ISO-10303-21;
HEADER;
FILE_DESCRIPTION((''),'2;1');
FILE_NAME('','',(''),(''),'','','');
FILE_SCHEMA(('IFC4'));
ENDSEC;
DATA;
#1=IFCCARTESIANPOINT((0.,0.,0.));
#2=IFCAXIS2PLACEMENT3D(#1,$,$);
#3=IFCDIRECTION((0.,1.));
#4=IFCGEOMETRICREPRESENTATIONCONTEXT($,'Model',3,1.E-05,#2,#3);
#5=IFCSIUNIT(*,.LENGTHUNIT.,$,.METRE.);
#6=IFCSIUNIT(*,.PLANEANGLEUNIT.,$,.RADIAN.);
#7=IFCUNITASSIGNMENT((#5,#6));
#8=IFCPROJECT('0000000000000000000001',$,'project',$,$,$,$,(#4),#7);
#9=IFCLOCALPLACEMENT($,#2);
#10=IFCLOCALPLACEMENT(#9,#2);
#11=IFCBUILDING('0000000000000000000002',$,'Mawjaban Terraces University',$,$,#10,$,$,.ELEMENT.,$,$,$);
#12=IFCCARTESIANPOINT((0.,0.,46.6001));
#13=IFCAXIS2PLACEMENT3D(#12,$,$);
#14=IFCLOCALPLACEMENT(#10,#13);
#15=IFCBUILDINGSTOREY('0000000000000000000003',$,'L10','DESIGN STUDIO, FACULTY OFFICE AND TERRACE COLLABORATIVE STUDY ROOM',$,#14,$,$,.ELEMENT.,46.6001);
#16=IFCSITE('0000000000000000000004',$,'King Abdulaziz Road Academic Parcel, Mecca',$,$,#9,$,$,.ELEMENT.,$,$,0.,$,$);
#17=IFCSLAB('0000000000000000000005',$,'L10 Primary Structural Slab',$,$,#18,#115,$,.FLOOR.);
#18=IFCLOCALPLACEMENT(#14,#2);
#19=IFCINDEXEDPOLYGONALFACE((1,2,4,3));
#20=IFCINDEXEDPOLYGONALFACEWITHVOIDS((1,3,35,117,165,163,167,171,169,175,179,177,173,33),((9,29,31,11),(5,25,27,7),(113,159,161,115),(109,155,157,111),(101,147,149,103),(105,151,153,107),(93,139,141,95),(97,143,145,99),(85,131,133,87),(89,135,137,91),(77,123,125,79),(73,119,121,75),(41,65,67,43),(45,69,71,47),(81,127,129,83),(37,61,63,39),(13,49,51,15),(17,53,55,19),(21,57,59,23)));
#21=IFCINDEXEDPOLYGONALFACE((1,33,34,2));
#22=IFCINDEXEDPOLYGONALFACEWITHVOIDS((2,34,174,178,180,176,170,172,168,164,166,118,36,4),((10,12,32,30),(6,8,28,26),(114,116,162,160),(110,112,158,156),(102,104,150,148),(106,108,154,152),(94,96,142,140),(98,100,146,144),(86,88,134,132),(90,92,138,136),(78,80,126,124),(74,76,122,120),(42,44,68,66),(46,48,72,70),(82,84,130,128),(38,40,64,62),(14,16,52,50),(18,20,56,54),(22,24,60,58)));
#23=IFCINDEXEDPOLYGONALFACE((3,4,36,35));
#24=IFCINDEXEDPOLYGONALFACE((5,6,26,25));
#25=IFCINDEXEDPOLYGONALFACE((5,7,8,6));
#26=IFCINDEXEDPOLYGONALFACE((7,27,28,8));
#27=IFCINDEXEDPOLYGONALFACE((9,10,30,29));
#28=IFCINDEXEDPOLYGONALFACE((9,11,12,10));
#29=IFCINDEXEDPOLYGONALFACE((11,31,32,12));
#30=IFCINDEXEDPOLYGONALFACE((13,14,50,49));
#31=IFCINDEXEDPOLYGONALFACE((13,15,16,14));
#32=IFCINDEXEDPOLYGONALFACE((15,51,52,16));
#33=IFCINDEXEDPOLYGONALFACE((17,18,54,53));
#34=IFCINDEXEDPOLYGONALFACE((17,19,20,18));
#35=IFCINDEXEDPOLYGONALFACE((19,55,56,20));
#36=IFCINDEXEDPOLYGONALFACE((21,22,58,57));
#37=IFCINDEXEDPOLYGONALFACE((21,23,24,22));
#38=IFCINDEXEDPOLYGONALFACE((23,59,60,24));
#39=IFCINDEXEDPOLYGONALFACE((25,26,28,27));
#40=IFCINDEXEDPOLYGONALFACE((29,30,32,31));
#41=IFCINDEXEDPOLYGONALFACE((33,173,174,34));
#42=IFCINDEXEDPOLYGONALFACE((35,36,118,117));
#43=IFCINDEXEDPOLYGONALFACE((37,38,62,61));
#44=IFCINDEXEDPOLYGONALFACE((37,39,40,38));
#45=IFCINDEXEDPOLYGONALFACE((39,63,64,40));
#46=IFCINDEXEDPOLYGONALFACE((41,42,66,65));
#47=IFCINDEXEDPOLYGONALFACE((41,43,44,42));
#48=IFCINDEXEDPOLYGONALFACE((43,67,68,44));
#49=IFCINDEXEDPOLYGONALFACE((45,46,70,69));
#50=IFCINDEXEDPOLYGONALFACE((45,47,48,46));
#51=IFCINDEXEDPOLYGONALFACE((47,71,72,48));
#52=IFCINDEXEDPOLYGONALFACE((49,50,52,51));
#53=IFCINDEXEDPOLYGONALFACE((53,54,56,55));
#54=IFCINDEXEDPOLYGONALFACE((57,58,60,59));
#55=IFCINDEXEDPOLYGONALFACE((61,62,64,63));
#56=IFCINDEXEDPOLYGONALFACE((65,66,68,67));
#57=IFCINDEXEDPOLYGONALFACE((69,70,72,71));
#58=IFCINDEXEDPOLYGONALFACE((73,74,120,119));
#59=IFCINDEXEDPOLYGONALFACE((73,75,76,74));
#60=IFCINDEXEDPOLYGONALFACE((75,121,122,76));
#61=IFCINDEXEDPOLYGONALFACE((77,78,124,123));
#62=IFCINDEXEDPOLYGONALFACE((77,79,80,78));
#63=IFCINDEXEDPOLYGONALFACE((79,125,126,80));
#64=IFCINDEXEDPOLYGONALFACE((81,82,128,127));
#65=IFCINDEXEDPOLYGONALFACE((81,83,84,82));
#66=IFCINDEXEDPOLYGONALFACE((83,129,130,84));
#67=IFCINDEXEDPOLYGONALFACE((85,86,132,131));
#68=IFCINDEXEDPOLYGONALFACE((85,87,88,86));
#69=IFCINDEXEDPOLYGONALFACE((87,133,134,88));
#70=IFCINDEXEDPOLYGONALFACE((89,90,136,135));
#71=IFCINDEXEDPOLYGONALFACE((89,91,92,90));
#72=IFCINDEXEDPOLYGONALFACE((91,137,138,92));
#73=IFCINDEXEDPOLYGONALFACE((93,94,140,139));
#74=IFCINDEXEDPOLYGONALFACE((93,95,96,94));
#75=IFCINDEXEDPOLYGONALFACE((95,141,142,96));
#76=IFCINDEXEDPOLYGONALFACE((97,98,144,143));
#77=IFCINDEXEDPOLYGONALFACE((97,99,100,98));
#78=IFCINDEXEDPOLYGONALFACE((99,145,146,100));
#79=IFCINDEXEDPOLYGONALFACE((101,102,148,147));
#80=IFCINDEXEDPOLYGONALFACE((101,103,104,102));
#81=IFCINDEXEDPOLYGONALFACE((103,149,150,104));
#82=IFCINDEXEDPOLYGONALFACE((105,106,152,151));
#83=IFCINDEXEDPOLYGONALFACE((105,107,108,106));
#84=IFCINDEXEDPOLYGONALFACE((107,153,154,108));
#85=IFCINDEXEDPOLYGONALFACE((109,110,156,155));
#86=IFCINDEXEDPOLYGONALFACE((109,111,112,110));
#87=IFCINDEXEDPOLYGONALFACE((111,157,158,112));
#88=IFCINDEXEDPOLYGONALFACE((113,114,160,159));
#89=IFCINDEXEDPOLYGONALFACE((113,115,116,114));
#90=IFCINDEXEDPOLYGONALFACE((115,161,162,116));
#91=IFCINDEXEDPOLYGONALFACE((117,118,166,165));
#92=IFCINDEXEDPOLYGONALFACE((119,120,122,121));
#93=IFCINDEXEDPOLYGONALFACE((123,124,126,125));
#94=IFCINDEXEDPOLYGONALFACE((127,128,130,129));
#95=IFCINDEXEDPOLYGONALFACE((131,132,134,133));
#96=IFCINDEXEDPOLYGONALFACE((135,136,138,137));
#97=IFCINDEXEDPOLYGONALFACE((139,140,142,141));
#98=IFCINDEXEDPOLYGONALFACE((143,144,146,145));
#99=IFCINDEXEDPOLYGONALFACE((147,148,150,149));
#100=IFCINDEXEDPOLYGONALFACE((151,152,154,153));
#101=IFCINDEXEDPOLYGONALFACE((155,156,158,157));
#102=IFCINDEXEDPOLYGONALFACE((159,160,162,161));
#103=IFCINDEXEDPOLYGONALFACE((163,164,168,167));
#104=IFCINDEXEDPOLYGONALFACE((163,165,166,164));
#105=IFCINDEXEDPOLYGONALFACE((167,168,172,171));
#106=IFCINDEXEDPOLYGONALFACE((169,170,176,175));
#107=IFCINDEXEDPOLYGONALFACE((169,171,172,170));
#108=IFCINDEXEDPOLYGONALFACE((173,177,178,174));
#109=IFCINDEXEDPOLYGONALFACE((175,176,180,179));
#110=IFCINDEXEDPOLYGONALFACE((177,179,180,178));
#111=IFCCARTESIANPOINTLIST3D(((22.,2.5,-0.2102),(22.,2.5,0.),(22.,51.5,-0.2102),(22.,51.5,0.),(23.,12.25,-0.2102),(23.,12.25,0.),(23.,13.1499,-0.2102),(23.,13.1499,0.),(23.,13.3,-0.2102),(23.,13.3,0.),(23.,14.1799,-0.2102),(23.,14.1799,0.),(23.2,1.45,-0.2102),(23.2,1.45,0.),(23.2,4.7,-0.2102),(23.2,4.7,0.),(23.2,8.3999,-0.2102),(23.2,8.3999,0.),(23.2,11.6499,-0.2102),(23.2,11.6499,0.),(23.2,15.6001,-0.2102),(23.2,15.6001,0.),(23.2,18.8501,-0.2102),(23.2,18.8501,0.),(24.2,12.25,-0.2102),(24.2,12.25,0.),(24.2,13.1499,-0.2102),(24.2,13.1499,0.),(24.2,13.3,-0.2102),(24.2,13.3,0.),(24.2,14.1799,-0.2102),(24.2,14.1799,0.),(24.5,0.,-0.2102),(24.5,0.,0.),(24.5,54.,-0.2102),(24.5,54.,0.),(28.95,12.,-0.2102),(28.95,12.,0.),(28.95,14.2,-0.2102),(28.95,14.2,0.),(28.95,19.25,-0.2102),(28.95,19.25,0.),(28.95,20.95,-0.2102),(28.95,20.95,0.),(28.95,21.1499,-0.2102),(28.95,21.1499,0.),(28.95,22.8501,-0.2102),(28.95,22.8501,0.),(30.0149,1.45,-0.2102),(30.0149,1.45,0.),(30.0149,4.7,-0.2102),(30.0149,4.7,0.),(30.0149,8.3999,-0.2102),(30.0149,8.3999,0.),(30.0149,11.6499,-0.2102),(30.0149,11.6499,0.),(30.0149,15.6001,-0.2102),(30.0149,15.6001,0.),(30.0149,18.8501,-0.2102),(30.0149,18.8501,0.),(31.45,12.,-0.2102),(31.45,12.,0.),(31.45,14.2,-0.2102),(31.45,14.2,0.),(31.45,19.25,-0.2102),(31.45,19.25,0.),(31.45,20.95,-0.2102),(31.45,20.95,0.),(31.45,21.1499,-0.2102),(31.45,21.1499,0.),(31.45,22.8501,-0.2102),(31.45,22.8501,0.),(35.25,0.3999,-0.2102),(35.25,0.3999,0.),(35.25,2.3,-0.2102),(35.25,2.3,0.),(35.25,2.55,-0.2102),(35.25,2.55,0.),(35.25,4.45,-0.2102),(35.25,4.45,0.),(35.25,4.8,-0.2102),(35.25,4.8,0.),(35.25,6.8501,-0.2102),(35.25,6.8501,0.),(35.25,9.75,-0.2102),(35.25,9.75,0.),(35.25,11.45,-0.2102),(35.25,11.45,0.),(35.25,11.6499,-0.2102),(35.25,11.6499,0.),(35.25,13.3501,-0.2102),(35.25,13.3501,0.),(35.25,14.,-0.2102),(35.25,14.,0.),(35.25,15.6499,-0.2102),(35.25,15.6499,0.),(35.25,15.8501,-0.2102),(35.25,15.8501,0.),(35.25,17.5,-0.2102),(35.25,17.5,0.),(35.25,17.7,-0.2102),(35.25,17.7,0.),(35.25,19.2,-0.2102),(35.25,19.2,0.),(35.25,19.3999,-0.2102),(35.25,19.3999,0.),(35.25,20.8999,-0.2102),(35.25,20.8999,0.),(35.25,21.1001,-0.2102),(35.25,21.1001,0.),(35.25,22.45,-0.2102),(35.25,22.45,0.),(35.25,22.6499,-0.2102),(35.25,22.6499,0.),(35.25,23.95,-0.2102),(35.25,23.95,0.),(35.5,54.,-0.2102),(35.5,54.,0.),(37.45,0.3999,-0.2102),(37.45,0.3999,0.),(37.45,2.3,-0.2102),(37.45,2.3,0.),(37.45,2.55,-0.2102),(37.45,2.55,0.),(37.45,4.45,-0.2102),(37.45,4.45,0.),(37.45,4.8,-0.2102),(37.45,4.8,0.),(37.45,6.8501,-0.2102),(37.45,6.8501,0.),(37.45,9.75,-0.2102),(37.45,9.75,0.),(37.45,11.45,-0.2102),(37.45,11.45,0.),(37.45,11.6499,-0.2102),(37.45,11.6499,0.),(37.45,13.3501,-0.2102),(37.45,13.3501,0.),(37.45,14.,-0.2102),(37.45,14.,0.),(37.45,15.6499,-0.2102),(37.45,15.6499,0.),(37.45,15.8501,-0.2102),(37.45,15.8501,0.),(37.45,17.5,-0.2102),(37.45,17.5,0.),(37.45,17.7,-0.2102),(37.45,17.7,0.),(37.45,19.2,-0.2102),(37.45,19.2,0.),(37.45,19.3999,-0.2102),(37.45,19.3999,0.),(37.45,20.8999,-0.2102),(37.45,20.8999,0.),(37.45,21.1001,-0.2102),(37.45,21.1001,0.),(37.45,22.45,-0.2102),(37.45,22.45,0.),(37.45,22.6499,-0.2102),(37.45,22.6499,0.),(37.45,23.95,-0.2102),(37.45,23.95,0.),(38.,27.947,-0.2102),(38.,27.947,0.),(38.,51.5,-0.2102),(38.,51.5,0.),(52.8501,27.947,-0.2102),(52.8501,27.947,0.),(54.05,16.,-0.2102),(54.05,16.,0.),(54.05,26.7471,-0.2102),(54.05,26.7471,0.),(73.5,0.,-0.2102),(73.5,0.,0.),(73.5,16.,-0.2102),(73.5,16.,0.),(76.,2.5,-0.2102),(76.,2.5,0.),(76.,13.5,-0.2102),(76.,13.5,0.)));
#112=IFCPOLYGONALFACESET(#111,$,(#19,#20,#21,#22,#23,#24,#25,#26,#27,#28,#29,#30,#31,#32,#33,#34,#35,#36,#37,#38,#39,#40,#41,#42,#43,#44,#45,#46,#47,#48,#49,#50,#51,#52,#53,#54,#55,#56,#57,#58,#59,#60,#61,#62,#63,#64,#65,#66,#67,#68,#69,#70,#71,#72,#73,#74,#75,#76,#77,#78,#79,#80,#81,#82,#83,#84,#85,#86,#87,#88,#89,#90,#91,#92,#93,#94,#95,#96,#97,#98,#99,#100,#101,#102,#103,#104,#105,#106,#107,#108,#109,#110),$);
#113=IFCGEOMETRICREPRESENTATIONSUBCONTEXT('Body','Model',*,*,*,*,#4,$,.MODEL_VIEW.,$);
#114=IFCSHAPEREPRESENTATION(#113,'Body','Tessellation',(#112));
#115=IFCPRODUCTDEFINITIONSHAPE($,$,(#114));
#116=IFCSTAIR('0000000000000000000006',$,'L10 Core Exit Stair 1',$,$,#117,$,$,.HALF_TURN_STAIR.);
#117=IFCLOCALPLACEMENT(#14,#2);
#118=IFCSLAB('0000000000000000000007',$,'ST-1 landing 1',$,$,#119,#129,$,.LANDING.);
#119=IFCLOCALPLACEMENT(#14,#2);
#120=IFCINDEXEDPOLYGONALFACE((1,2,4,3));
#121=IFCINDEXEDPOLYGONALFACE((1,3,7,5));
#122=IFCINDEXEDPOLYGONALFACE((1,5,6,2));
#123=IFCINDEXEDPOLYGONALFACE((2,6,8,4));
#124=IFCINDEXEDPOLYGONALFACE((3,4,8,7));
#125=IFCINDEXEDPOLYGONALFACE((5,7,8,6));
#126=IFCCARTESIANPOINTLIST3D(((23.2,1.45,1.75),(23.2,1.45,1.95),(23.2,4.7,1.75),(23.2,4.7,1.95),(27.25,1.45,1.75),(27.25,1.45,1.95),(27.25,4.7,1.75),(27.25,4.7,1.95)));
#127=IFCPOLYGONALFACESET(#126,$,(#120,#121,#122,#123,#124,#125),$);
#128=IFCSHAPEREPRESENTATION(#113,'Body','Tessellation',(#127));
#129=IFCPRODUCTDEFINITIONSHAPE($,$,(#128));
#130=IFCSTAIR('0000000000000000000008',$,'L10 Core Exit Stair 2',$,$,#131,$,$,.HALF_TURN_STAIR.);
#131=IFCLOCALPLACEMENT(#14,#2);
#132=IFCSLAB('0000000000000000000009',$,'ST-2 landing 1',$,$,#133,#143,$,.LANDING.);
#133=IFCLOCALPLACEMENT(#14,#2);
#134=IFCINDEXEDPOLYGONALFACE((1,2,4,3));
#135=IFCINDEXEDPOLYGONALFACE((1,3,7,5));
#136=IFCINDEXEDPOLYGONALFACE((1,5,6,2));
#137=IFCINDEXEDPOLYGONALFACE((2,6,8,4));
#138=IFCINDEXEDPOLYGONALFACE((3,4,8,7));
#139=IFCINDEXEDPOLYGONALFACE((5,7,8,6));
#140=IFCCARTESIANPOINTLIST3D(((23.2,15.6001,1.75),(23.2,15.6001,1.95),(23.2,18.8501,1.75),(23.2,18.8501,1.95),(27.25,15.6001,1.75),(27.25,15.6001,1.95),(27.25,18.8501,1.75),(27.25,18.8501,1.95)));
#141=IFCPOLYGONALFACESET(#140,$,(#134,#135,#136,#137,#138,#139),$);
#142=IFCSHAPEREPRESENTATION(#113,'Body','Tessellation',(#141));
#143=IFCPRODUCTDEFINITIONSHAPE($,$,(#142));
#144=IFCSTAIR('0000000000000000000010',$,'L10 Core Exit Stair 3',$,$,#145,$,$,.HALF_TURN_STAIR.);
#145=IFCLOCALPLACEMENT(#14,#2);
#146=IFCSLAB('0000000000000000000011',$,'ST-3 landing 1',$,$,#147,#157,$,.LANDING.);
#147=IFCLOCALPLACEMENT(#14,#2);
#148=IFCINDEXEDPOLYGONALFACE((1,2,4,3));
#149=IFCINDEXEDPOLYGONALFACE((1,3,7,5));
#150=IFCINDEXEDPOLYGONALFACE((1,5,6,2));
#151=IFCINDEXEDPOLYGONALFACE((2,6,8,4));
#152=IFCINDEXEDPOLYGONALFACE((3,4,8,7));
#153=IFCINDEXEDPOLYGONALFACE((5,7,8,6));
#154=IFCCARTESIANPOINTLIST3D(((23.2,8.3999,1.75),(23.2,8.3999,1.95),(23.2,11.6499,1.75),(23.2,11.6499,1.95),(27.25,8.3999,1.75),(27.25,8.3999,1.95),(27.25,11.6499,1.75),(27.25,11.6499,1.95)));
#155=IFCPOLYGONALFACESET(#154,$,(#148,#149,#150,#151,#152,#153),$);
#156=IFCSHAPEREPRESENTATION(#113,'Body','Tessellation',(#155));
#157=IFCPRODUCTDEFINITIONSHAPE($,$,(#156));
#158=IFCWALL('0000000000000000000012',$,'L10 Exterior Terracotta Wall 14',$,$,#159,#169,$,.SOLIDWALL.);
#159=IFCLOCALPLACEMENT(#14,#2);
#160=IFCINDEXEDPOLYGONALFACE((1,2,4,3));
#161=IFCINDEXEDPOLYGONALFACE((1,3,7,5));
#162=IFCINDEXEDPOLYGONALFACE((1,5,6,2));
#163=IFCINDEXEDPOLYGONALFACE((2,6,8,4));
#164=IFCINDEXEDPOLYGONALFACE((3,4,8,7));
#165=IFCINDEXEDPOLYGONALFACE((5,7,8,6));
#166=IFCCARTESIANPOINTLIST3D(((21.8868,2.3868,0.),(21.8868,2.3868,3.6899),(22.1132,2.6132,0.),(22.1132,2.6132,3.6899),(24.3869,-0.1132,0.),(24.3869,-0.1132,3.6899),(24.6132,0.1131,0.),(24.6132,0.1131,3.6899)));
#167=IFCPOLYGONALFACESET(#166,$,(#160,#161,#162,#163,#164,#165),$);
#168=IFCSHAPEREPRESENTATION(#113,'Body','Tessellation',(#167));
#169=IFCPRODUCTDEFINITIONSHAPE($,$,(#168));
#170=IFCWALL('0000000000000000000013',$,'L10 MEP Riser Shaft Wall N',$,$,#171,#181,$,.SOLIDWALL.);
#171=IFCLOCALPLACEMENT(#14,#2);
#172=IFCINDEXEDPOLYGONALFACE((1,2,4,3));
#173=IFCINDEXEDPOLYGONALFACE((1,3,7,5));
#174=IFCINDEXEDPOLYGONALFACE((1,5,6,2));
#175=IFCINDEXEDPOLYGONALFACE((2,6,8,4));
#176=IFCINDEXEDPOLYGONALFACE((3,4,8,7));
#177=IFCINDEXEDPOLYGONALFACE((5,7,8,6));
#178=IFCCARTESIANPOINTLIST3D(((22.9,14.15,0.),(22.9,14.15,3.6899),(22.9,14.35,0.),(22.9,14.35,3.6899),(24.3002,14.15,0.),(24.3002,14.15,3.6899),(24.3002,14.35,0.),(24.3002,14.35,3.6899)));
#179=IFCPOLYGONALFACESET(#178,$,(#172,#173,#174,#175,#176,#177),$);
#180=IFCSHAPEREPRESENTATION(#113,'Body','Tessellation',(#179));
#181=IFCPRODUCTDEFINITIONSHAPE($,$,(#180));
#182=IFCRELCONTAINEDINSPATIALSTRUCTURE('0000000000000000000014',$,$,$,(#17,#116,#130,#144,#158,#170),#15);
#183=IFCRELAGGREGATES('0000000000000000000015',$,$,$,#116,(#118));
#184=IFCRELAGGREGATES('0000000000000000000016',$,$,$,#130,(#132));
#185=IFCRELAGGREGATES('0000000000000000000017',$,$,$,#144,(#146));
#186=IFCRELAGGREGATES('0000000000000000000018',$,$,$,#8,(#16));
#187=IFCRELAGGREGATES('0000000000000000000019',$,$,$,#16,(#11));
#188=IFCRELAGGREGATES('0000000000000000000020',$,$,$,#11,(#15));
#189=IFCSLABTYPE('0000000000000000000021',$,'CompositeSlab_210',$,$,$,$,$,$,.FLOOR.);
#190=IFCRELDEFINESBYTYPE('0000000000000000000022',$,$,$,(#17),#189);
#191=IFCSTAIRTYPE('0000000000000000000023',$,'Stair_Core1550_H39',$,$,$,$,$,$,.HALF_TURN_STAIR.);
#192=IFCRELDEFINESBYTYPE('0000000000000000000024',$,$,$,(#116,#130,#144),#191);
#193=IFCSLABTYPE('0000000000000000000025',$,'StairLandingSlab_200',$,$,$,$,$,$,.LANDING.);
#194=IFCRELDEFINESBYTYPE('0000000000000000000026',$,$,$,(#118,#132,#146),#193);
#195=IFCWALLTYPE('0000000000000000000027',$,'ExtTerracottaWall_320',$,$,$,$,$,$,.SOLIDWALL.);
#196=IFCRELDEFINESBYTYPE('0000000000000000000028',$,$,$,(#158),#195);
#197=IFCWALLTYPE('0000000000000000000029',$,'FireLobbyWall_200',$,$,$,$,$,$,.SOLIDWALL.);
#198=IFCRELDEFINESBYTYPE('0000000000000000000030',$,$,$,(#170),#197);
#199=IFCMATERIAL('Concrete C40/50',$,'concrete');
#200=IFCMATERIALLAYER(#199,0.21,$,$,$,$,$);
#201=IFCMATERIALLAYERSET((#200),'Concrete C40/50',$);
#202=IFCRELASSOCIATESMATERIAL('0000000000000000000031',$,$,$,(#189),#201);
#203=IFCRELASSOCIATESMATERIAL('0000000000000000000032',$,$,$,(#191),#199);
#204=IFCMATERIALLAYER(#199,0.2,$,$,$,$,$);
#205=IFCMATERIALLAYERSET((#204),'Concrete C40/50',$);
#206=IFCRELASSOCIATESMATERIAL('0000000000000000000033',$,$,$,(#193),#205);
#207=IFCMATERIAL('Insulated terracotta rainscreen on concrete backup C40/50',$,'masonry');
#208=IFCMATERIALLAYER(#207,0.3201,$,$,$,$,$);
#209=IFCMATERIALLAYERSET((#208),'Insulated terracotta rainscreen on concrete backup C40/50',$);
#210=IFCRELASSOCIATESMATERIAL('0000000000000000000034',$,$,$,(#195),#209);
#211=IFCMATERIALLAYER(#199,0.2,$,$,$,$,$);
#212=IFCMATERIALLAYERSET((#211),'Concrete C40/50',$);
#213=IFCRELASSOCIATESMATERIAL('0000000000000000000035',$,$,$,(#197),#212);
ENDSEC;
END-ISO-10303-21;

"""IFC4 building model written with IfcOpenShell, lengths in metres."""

from ifc_helpers import new_model, si_unit, direction, frame, frame_2d, origin, place, context, subcontext, project, spatial, polyline, rectangle, outline, extrude, material, layer, layer_set, type_object, element, aggregate, save


model = new_model("IFC4")

# Units and contexts
model_context = context("Model", 3, precision=1e-05, world=origin(), true_north=direction((0.0, 1.0)))
body_context = subcontext(model_context, "Body", "Model", "MODEL_VIEW")
ifc_project = project(units=[si_unit("LENGTHUNIT", "METRE"), si_unit("PLANEANGLEUNIT", "RADIAN")], contexts=[model_context])

# Site, building, storey
site_placement = place(None, origin())
site = spatial("IfcSite", under=ifc_project, at=site_placement, Name="King Abdulaziz Road Academic Parcel, Mecca", CompositionType="ELEMENT", RefElevation=0.0)
building_placement = place(site_placement, origin())
building = spatial("IfcBuilding", under=site, at=building_placement, Name="Mawjaban Terraces University", CompositionType="ELEMENT")
storey_placement = place(building_placement, frame((0.0, 0.0, 46.6001)))
storey = spatial("IfcBuildingStorey", under=building, at=storey_placement, Name="L10", Description="DESIGN STUDIO, FACULTY OFFICE AND TERRACE COLLABORATIVE STUDY ROOM", CompositionType="ELEMENT", Elevation=46.6001)

# Slab
ifc_material_1 = material(Name="Concrete C40/50", Category="concrete")
ifc_layer_1 = layer(ifc_material_1, 0.21)
ifc_layer_set_1 = layer_set([ifc_layer_1], Name="Concrete C40/50")
slab_type_1 = type_object("IfcSlabType", Name="CompositeSlab_210", PredefinedType="FLOOR", material=ifc_layer_set_1)
slab_1_placement = place(storey_placement, frame((0.0, 0.0, -0.2102)))
element("IfcSlab", 1, at=slab_1_placement, inside=storey, type_object=slab_type_1, Name="L10 Primary Structural Slab", PredefinedType="FLOOR", context=body_context, shape_type="SweptSolid", body=[
    extrude(outline(polyline([(24.5, 0.0), (73.5, 0.0), (76.0, 2.5), (76.0, 13.5), (73.5, 16.0), (54.05, 16.0), (54.05, 26.7471), (52.8501, 27.947), (38.0, 27.947), (38.0, 51.5), (35.5, 54.0), (24.5, 54.0), (22.0, 51.5), (22.0, 2.5), (24.5, 0.0)]), holes=[polyline([(30.0149, 4.7), (23.2, 4.7), (23.2, 1.45), (30.0149, 1.45), (30.0149, 4.7)]), polyline([(30.0149, 18.8501), (23.2, 18.8501), (23.2, 15.6001), (30.0149, 15.6001), (30.0149, 18.8501)]), polyline([(30.0149, 11.6499), (23.2, 11.6499), (23.2, 8.3999), (30.0149, 8.3999), (30.0149, 11.6499)]), polyline([(35.25, 0.3999), (37.45, 0.3999), (37.45, 2.3), (35.25, 2.3), (35.25, 0.3999)]), polyline([(35.25, 2.55), (37.45, 2.55), (37.45, 4.45), (35.25, 4.45), (35.25, 2.55)]), polyline([(35.25, 4.8), (37.45, 4.8), (37.45, 6.8501), (35.25, 6.8501), (35.25, 4.8)]), polyline([(35.25, 9.75), (37.45, 9.75), (37.45, 11.45), (35.25, 11.45), (35.25, 9.75)]), polyline([(35.25, 11.6499), (37.45, 11.6499), (37.45, 13.3501), (35.25, 13.3501), (35.25, 11.6499)]), polyline([(28.95, 12.0), (31.45, 12.0), (31.45, 14.2), (28.95, 14.2), (28.95, 12.0)]), polyline([(35.25, 14.0), (37.45, 14.0), (37.45, 15.6499), (35.25, 15.6499), (35.25, 14.0)]), polyline([(35.25, 15.8501), (37.45, 15.8501), (37.45, 17.5), (35.25, 17.5), (35.25, 15.8501)]), polyline([(35.25, 17.7), (37.45, 17.7), (37.45, 19.2), (35.25, 19.2), (35.25, 17.7)]), polyline([(35.25, 19.3999), (37.45, 19.3999), (37.45, 20.8999), (35.25, 20.8999), (35.25, 19.3999)]), polyline([(28.95, 19.25), (31.45, 19.25), (31.45, 20.95), (28.95, 20.95), (28.95, 19.25)]), polyline([(35.25, 21.1001), (37.45, 21.1001), (37.45, 22.45), (35.25, 22.45), (35.25, 21.1001)]), polyline([(35.25, 22.6499), (37.45, 22.6499), (37.45, 23.95), (35.25, 23.95), (35.25, 22.6499)]), polyline([(28.95, 21.1499), (31.45, 21.1499), (31.45, 22.8501), (28.95, 22.8501), (28.95, 21.1499)]), polyline([(23.0, 12.25), (24.2, 12.25), (24.2, 13.1499), (23.0, 13.1499), (23.0, 12.25)]), polyline([(23.0, 13.3), (24.2, 13.3), (24.2, 14.1799), (23.0, 14.1799), (23.0, 13.3)])]), origin(), (0.0, 0.0, 1.0), 0.2102),
])

# Stairs, slabs
stair_type = type_object("IfcStairType", Name="Stair_Core1550_H39", PredefinedType="HALF_TURN_STAIR", material=ifc_material_1)
stair_1_placement = place(storey_placement, origin())
stair_1 = element("IfcStair", 2, at=stair_1_placement, inside=storey, type_object=stair_type, Name="L10 Core Exit Stair 1", PredefinedType="HALF_TURN_STAIR")
ifc_layer_2 = layer(ifc_material_1, 0.2)
ifc_layer_set_2 = layer_set([ifc_layer_2], Name="Concrete C40/50")
slab_type_2 = type_object("IfcSlabType", Name="StairLandingSlab_200", PredefinedType="LANDING", material=ifc_layer_set_2)
slab_2_placement = place(storey_placement, frame((0.0, 0.0, 1.75)))
slab_2 = element("IfcSlab", 3, at=slab_2_placement, type_object=slab_type_2, Name="ST-1 landing 1", PredefinedType="LANDING", context=body_context, shape_type="SweptSolid", body=[
    extrude(outline(polyline([(27.25, 4.7), (23.2, 4.7), (23.2, 1.45), (27.25, 1.45), (27.25, 4.7)])), origin(), (0.0, 0.0, 1.0), 0.2),
])
aggregate(stair_1, [slab_2])
stair_2_placement = place(storey_placement, origin())
stair_2 = element("IfcStair", 4, at=stair_2_placement, inside=storey, type_object=stair_type, Name="L10 Core Exit Stair 2", PredefinedType="HALF_TURN_STAIR")
slab_3_placement = place(storey_placement, frame((0.0, 0.0, 1.75)))
slab_3 = element("IfcSlab", 5, at=slab_3_placement, type_object=slab_type_2, Name="ST-2 landing 1", PredefinedType="LANDING", context=body_context, shape_type="SweptSolid", body=[
    extrude(outline(polyline([(27.25, 18.8501), (23.2, 18.8501), (23.2, 15.6001), (27.25, 15.6001), (27.25, 18.8501)])), origin(), (0.0, 0.0, 1.0), 0.2),
])
aggregate(stair_2, [slab_3])
stair_3_placement = place(storey_placement, origin())
stair_3 = element("IfcStair", 6, at=stair_3_placement, inside=storey, type_object=stair_type, Name="L10 Core Exit Stair 3", PredefinedType="HALF_TURN_STAIR")
slab_4_placement = place(storey_placement, frame((0.0, 0.0, 1.75)))
slab_4 = element("IfcSlab", 7, at=slab_4_placement, type_object=slab_type_2, Name="ST-3 landing 1", PredefinedType="LANDING", context=body_context, shape_type="SweptSolid", body=[
    extrude(outline(polyline([(27.25, 11.6499), (23.2, 11.6499), (23.2, 8.3999), (27.25, 8.3999), (27.25, 11.6499)])), origin(), (0.0, 0.0, 1.0), 0.2),
])
aggregate(stair_3, [slab_4])

# Walls
ifc_material_2 = material(Name="Insulated terracotta rainscreen on concrete backup C40/50", Category="masonry")
ifc_layer_3 = layer(ifc_material_2, 0.3201)
ifc_layer_set_3 = layer_set([ifc_layer_3], Name="Insulated terracotta rainscreen on concrete backup C40/50")
wall_type_1 = type_object("IfcWallType", Name="ExtTerracottaWall_320", PredefinedType="SOLIDWALL", material=ifc_layer_set_3)
wall_1_placement = place(storey_placement, frame((22.0, 2.5, 0.0), z_axis=(0.0, 0.0, 1.0), x_axis=(0.707107, -0.707107, 0.0)))
element("IfcWall", 8, at=wall_1_placement, inside=storey, type_object=wall_type_1, Name="L10 Exterior Terracotta Wall 14", PredefinedType="SOLIDWALL", context=body_context, shape_type="SweptSolid", body=[
    extrude(rectangle(XDim=3.5356, YDim=0.3201, at=frame_2d((1.7678, 0.0))), origin(), (0.0, 0.0, 1.0), 3.6899),
])
ifc_layer_4 = layer(ifc_material_1, 0.2)
ifc_layer_set_4 = layer_set([ifc_layer_4], Name="Concrete C40/50")
wall_type_2 = type_object("IfcWallType", Name="FireLobbyWall_200", PredefinedType="SOLIDWALL", material=ifc_layer_set_4)
for number, where, z_axis, x_axis, name in (
    (9, (22.8999, 14.25, 0.0), (0.0, 0.0, 1.0), (1.0, 0.0, 0.0), "L10 MEP Riser Shaft Wall N"),
):
    element("IfcWall", number, at=place(storey_placement, frame(where, z_axis=z_axis, x_axis=x_axis)), inside=storey, type_object=wall_type_2, Name=name, PredefinedType="SOLIDWALL", context=body_context, shape_type="SweptSolid", body=[
        extrude(rectangle(XDim=1.4001, YDim=0.2, at=frame_2d((0.7002, 0.0))), origin(), (0.0, 0.0, 1.0), 3.6899),
    ])

save(model, "model.ifc")
